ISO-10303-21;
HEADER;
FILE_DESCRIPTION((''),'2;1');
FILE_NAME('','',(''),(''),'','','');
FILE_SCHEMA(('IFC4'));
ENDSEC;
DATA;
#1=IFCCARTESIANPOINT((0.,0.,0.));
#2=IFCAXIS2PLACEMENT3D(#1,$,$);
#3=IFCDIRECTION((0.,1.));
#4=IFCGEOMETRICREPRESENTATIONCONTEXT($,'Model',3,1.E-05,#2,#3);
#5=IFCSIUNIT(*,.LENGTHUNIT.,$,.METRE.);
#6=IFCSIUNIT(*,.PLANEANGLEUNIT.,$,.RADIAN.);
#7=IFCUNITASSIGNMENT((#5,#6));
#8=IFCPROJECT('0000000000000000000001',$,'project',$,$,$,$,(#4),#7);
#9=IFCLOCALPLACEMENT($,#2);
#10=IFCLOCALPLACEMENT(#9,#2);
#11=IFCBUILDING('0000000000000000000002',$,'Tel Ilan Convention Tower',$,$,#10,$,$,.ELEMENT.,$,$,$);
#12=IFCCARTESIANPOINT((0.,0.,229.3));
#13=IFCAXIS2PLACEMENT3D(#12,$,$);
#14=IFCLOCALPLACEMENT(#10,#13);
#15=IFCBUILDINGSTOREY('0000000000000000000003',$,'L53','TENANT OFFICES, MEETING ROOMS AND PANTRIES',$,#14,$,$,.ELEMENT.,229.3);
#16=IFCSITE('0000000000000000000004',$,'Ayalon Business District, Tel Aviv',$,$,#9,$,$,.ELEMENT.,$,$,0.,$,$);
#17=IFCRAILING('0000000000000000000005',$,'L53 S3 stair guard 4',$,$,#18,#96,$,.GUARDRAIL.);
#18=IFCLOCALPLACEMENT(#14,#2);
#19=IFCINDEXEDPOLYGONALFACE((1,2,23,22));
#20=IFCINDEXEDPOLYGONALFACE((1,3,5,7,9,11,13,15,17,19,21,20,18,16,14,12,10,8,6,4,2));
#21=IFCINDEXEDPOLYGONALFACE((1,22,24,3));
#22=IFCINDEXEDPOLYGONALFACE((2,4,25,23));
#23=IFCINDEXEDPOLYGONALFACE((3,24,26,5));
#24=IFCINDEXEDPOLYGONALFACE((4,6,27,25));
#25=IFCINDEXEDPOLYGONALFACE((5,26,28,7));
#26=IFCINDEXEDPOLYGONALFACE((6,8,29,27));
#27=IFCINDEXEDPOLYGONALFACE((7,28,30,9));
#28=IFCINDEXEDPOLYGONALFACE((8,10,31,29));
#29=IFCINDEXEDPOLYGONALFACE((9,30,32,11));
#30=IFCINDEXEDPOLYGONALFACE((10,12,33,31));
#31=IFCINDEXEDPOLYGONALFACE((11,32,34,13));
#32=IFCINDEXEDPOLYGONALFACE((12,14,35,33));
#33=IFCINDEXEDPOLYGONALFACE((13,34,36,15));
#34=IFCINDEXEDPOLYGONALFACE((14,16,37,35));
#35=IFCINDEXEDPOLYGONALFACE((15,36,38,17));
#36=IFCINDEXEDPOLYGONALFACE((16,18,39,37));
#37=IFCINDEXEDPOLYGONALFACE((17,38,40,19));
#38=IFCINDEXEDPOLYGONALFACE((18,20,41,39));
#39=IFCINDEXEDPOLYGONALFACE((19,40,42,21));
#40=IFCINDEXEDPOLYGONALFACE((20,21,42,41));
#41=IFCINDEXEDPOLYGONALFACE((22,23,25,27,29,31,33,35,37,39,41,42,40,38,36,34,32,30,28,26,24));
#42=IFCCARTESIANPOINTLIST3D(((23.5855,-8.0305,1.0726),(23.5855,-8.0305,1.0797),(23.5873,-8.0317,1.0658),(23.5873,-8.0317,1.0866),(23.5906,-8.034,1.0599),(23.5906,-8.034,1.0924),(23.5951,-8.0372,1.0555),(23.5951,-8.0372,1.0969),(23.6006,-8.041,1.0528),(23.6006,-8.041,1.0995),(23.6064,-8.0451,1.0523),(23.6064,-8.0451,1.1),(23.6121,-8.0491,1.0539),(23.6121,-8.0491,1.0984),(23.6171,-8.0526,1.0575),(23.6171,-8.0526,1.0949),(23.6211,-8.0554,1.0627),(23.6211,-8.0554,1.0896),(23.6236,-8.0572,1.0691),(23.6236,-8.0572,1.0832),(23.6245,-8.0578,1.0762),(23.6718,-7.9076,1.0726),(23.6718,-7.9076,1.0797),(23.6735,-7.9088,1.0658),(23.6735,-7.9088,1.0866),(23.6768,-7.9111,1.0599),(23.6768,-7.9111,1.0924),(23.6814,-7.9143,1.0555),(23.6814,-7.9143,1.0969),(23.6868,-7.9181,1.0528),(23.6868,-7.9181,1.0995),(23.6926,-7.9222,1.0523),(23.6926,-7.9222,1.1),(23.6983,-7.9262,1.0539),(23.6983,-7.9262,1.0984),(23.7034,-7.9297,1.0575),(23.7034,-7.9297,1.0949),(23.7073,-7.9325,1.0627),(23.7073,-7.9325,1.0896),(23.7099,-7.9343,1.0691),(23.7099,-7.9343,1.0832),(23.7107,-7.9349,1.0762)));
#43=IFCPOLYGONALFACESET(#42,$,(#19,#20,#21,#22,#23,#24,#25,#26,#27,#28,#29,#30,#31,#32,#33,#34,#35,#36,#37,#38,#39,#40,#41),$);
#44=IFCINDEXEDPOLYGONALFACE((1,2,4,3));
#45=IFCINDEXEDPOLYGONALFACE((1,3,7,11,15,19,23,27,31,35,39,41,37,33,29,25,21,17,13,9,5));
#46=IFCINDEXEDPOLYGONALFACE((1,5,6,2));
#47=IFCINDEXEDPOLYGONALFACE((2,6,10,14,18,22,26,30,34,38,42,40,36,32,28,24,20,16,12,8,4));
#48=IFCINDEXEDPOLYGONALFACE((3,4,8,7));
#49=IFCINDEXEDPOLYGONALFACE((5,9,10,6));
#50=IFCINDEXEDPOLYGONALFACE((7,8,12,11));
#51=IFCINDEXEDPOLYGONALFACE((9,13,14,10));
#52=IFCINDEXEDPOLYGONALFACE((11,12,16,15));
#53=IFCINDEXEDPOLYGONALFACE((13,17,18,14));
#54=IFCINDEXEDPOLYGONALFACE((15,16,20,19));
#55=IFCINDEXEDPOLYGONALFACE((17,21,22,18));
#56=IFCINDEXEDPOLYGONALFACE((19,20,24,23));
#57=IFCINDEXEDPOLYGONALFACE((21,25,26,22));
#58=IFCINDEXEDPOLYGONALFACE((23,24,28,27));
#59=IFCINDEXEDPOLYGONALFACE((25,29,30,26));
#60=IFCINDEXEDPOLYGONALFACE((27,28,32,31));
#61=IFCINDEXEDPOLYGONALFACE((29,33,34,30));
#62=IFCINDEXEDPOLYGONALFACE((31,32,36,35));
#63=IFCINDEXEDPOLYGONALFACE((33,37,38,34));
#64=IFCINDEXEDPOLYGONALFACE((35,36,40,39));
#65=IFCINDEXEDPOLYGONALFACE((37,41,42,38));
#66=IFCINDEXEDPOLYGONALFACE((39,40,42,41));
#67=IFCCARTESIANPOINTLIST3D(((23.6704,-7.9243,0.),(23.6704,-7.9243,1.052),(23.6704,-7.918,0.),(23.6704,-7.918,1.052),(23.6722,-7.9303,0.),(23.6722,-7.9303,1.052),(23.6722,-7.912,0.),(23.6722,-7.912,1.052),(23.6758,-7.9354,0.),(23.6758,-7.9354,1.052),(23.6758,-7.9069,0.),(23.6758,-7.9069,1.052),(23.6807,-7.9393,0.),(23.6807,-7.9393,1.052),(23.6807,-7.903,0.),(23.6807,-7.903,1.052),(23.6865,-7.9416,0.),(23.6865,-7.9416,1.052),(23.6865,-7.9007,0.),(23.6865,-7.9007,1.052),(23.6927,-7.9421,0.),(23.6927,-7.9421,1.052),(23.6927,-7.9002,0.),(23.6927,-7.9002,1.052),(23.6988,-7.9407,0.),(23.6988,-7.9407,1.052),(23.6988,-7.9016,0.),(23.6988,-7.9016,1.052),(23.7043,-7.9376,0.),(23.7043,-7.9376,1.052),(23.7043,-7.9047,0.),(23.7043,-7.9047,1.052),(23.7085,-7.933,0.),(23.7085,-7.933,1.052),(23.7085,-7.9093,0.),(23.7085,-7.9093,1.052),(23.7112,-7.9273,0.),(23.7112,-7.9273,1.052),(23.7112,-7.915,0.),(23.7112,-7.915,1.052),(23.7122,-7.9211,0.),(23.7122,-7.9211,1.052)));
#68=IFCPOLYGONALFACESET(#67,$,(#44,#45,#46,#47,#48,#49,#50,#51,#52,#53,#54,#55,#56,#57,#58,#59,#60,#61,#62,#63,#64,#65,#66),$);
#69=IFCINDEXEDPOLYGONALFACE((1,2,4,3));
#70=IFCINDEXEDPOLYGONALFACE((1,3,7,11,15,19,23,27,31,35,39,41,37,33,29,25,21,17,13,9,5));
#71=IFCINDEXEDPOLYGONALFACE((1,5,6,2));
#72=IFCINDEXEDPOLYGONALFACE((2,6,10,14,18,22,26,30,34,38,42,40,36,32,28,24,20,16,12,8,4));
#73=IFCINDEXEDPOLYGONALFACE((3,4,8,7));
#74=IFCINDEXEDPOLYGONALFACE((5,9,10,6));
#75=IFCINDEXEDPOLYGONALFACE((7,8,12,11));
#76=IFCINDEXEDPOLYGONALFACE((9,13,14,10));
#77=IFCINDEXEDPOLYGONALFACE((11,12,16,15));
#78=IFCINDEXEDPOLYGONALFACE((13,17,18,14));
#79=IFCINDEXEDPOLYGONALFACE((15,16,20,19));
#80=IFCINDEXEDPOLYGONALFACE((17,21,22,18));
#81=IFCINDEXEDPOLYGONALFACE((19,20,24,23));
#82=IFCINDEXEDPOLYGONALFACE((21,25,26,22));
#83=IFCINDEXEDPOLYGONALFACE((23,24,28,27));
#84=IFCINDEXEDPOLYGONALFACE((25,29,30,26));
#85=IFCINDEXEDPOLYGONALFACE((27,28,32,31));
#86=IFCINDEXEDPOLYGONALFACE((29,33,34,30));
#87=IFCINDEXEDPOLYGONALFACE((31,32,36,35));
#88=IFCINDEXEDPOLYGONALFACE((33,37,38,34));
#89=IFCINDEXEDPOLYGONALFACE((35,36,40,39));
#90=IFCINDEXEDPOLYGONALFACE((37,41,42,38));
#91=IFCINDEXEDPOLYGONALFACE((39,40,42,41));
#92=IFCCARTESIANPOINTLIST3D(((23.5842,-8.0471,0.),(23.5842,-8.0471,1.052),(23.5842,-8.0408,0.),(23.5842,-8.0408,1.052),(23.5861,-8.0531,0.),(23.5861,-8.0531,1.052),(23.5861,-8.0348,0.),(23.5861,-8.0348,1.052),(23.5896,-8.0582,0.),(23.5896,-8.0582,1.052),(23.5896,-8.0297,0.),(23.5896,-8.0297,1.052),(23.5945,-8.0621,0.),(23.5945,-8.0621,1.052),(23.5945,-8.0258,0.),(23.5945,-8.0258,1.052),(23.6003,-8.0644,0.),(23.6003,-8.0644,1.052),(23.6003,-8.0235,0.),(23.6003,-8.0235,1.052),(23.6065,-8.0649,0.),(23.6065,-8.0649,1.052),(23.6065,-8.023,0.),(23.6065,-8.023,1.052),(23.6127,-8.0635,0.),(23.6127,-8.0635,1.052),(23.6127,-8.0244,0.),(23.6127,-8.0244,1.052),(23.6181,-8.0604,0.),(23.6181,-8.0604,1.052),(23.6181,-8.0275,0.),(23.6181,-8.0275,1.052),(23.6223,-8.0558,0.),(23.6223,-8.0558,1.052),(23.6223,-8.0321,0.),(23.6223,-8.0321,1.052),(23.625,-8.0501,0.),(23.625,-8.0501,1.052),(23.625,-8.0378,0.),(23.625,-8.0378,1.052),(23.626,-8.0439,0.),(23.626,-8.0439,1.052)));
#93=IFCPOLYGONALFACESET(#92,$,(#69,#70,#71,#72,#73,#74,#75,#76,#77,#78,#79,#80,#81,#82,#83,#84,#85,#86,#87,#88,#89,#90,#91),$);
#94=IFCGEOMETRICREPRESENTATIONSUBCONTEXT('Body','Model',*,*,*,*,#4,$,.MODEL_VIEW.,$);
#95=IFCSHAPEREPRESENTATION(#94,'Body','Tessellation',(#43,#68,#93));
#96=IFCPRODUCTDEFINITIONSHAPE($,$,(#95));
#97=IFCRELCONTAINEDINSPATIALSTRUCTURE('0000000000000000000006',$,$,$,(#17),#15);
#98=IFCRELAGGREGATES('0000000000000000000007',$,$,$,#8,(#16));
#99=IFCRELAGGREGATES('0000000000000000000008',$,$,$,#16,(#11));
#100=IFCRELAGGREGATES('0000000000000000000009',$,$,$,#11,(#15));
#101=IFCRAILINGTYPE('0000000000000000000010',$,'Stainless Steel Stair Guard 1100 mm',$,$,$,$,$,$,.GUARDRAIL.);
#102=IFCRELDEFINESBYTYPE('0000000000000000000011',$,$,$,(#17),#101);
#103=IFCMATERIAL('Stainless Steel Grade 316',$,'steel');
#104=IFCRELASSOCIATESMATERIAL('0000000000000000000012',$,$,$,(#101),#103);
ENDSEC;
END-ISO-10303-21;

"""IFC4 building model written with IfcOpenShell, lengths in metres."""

from ifc_helpers import new_model, si_unit, direction, frame, origin, origin_2d, place, context, subcontext, project, spatial, circle, extrude, material, type_object, element, save


model = new_model("IFC4")

# Units and contexts
model_context = context("Model", 3, precision=1e-05, world=origin(), true_north=direction((0.0, 1.0)))
body_context = subcontext(model_context, "Body", "Model", "MODEL_VIEW")
ifc_project = project(units=[si_unit("LENGTHUNIT", "METRE"), si_unit("PLANEANGLEUNIT", "RADIAN")], contexts=[model_context])

# Site, building, storey
site_placement = place(None, origin())
site = spatial("IfcSite", under=ifc_project, at=site_placement, Name="Ayalon Business District, Tel Aviv", CompositionType="ELEMENT", RefElevation=0.0)
building_placement = place(site_placement, origin())
building = spatial("IfcBuilding", under=site, at=building_placement, Name="Tel Ilan Convention Tower", CompositionType="ELEMENT")
storey_placement = place(building_placement, frame((0.0, 0.0, 229.3)))
storey = spatial("IfcBuildingStorey", under=building, at=storey_placement, Name="L53", Description="TENANT OFFICES, MEETING ROOMS AND PANTRIES", CompositionType="ELEMENT", Elevation=229.3)

# Railing
ifc_material_1 = material(Name="Stainless Steel Grade 316", Category="steel")
railing_type_1 = type_object("IfcRailingType", Name="Stainless Steel Stair Guard 1100 mm", PredefinedType="GUARDRAIL", material=ifc_material_1)
railing_1_placement = place(storey_placement, frame((23.6912, -7.9211, 0.0)))
element("IfcRailing", 1, at=railing_1_placement, inside=storey, type_object=railing_type_1, Name="L53 S3 stair guard 4", PredefinedType="GUARDRAIL", context=body_context, shape_type="SweptSolid", body=[
    extrude(circle(Radius=0.0239, at=origin_2d()), frame((0.0, 0.0, 1.0762), z_axis=(-0.574445, -0.818543, 0.0), x_axis=(0.818543, -0.574445, 0.0)), (0.0, 0.0, 1.0), 0.1501),
    extrude(circle(Radius=0.021, at=origin_2d()), origin(), (0.0, 0.0, 1.0), 1.052),
    extrude(circle(Radius=0.021, at=origin_2d()), frame((-0.0862, -0.1228, 0.0)), (0.0, 0.0, 1.0), 1.052),
])

save(model, "model.ifc")
